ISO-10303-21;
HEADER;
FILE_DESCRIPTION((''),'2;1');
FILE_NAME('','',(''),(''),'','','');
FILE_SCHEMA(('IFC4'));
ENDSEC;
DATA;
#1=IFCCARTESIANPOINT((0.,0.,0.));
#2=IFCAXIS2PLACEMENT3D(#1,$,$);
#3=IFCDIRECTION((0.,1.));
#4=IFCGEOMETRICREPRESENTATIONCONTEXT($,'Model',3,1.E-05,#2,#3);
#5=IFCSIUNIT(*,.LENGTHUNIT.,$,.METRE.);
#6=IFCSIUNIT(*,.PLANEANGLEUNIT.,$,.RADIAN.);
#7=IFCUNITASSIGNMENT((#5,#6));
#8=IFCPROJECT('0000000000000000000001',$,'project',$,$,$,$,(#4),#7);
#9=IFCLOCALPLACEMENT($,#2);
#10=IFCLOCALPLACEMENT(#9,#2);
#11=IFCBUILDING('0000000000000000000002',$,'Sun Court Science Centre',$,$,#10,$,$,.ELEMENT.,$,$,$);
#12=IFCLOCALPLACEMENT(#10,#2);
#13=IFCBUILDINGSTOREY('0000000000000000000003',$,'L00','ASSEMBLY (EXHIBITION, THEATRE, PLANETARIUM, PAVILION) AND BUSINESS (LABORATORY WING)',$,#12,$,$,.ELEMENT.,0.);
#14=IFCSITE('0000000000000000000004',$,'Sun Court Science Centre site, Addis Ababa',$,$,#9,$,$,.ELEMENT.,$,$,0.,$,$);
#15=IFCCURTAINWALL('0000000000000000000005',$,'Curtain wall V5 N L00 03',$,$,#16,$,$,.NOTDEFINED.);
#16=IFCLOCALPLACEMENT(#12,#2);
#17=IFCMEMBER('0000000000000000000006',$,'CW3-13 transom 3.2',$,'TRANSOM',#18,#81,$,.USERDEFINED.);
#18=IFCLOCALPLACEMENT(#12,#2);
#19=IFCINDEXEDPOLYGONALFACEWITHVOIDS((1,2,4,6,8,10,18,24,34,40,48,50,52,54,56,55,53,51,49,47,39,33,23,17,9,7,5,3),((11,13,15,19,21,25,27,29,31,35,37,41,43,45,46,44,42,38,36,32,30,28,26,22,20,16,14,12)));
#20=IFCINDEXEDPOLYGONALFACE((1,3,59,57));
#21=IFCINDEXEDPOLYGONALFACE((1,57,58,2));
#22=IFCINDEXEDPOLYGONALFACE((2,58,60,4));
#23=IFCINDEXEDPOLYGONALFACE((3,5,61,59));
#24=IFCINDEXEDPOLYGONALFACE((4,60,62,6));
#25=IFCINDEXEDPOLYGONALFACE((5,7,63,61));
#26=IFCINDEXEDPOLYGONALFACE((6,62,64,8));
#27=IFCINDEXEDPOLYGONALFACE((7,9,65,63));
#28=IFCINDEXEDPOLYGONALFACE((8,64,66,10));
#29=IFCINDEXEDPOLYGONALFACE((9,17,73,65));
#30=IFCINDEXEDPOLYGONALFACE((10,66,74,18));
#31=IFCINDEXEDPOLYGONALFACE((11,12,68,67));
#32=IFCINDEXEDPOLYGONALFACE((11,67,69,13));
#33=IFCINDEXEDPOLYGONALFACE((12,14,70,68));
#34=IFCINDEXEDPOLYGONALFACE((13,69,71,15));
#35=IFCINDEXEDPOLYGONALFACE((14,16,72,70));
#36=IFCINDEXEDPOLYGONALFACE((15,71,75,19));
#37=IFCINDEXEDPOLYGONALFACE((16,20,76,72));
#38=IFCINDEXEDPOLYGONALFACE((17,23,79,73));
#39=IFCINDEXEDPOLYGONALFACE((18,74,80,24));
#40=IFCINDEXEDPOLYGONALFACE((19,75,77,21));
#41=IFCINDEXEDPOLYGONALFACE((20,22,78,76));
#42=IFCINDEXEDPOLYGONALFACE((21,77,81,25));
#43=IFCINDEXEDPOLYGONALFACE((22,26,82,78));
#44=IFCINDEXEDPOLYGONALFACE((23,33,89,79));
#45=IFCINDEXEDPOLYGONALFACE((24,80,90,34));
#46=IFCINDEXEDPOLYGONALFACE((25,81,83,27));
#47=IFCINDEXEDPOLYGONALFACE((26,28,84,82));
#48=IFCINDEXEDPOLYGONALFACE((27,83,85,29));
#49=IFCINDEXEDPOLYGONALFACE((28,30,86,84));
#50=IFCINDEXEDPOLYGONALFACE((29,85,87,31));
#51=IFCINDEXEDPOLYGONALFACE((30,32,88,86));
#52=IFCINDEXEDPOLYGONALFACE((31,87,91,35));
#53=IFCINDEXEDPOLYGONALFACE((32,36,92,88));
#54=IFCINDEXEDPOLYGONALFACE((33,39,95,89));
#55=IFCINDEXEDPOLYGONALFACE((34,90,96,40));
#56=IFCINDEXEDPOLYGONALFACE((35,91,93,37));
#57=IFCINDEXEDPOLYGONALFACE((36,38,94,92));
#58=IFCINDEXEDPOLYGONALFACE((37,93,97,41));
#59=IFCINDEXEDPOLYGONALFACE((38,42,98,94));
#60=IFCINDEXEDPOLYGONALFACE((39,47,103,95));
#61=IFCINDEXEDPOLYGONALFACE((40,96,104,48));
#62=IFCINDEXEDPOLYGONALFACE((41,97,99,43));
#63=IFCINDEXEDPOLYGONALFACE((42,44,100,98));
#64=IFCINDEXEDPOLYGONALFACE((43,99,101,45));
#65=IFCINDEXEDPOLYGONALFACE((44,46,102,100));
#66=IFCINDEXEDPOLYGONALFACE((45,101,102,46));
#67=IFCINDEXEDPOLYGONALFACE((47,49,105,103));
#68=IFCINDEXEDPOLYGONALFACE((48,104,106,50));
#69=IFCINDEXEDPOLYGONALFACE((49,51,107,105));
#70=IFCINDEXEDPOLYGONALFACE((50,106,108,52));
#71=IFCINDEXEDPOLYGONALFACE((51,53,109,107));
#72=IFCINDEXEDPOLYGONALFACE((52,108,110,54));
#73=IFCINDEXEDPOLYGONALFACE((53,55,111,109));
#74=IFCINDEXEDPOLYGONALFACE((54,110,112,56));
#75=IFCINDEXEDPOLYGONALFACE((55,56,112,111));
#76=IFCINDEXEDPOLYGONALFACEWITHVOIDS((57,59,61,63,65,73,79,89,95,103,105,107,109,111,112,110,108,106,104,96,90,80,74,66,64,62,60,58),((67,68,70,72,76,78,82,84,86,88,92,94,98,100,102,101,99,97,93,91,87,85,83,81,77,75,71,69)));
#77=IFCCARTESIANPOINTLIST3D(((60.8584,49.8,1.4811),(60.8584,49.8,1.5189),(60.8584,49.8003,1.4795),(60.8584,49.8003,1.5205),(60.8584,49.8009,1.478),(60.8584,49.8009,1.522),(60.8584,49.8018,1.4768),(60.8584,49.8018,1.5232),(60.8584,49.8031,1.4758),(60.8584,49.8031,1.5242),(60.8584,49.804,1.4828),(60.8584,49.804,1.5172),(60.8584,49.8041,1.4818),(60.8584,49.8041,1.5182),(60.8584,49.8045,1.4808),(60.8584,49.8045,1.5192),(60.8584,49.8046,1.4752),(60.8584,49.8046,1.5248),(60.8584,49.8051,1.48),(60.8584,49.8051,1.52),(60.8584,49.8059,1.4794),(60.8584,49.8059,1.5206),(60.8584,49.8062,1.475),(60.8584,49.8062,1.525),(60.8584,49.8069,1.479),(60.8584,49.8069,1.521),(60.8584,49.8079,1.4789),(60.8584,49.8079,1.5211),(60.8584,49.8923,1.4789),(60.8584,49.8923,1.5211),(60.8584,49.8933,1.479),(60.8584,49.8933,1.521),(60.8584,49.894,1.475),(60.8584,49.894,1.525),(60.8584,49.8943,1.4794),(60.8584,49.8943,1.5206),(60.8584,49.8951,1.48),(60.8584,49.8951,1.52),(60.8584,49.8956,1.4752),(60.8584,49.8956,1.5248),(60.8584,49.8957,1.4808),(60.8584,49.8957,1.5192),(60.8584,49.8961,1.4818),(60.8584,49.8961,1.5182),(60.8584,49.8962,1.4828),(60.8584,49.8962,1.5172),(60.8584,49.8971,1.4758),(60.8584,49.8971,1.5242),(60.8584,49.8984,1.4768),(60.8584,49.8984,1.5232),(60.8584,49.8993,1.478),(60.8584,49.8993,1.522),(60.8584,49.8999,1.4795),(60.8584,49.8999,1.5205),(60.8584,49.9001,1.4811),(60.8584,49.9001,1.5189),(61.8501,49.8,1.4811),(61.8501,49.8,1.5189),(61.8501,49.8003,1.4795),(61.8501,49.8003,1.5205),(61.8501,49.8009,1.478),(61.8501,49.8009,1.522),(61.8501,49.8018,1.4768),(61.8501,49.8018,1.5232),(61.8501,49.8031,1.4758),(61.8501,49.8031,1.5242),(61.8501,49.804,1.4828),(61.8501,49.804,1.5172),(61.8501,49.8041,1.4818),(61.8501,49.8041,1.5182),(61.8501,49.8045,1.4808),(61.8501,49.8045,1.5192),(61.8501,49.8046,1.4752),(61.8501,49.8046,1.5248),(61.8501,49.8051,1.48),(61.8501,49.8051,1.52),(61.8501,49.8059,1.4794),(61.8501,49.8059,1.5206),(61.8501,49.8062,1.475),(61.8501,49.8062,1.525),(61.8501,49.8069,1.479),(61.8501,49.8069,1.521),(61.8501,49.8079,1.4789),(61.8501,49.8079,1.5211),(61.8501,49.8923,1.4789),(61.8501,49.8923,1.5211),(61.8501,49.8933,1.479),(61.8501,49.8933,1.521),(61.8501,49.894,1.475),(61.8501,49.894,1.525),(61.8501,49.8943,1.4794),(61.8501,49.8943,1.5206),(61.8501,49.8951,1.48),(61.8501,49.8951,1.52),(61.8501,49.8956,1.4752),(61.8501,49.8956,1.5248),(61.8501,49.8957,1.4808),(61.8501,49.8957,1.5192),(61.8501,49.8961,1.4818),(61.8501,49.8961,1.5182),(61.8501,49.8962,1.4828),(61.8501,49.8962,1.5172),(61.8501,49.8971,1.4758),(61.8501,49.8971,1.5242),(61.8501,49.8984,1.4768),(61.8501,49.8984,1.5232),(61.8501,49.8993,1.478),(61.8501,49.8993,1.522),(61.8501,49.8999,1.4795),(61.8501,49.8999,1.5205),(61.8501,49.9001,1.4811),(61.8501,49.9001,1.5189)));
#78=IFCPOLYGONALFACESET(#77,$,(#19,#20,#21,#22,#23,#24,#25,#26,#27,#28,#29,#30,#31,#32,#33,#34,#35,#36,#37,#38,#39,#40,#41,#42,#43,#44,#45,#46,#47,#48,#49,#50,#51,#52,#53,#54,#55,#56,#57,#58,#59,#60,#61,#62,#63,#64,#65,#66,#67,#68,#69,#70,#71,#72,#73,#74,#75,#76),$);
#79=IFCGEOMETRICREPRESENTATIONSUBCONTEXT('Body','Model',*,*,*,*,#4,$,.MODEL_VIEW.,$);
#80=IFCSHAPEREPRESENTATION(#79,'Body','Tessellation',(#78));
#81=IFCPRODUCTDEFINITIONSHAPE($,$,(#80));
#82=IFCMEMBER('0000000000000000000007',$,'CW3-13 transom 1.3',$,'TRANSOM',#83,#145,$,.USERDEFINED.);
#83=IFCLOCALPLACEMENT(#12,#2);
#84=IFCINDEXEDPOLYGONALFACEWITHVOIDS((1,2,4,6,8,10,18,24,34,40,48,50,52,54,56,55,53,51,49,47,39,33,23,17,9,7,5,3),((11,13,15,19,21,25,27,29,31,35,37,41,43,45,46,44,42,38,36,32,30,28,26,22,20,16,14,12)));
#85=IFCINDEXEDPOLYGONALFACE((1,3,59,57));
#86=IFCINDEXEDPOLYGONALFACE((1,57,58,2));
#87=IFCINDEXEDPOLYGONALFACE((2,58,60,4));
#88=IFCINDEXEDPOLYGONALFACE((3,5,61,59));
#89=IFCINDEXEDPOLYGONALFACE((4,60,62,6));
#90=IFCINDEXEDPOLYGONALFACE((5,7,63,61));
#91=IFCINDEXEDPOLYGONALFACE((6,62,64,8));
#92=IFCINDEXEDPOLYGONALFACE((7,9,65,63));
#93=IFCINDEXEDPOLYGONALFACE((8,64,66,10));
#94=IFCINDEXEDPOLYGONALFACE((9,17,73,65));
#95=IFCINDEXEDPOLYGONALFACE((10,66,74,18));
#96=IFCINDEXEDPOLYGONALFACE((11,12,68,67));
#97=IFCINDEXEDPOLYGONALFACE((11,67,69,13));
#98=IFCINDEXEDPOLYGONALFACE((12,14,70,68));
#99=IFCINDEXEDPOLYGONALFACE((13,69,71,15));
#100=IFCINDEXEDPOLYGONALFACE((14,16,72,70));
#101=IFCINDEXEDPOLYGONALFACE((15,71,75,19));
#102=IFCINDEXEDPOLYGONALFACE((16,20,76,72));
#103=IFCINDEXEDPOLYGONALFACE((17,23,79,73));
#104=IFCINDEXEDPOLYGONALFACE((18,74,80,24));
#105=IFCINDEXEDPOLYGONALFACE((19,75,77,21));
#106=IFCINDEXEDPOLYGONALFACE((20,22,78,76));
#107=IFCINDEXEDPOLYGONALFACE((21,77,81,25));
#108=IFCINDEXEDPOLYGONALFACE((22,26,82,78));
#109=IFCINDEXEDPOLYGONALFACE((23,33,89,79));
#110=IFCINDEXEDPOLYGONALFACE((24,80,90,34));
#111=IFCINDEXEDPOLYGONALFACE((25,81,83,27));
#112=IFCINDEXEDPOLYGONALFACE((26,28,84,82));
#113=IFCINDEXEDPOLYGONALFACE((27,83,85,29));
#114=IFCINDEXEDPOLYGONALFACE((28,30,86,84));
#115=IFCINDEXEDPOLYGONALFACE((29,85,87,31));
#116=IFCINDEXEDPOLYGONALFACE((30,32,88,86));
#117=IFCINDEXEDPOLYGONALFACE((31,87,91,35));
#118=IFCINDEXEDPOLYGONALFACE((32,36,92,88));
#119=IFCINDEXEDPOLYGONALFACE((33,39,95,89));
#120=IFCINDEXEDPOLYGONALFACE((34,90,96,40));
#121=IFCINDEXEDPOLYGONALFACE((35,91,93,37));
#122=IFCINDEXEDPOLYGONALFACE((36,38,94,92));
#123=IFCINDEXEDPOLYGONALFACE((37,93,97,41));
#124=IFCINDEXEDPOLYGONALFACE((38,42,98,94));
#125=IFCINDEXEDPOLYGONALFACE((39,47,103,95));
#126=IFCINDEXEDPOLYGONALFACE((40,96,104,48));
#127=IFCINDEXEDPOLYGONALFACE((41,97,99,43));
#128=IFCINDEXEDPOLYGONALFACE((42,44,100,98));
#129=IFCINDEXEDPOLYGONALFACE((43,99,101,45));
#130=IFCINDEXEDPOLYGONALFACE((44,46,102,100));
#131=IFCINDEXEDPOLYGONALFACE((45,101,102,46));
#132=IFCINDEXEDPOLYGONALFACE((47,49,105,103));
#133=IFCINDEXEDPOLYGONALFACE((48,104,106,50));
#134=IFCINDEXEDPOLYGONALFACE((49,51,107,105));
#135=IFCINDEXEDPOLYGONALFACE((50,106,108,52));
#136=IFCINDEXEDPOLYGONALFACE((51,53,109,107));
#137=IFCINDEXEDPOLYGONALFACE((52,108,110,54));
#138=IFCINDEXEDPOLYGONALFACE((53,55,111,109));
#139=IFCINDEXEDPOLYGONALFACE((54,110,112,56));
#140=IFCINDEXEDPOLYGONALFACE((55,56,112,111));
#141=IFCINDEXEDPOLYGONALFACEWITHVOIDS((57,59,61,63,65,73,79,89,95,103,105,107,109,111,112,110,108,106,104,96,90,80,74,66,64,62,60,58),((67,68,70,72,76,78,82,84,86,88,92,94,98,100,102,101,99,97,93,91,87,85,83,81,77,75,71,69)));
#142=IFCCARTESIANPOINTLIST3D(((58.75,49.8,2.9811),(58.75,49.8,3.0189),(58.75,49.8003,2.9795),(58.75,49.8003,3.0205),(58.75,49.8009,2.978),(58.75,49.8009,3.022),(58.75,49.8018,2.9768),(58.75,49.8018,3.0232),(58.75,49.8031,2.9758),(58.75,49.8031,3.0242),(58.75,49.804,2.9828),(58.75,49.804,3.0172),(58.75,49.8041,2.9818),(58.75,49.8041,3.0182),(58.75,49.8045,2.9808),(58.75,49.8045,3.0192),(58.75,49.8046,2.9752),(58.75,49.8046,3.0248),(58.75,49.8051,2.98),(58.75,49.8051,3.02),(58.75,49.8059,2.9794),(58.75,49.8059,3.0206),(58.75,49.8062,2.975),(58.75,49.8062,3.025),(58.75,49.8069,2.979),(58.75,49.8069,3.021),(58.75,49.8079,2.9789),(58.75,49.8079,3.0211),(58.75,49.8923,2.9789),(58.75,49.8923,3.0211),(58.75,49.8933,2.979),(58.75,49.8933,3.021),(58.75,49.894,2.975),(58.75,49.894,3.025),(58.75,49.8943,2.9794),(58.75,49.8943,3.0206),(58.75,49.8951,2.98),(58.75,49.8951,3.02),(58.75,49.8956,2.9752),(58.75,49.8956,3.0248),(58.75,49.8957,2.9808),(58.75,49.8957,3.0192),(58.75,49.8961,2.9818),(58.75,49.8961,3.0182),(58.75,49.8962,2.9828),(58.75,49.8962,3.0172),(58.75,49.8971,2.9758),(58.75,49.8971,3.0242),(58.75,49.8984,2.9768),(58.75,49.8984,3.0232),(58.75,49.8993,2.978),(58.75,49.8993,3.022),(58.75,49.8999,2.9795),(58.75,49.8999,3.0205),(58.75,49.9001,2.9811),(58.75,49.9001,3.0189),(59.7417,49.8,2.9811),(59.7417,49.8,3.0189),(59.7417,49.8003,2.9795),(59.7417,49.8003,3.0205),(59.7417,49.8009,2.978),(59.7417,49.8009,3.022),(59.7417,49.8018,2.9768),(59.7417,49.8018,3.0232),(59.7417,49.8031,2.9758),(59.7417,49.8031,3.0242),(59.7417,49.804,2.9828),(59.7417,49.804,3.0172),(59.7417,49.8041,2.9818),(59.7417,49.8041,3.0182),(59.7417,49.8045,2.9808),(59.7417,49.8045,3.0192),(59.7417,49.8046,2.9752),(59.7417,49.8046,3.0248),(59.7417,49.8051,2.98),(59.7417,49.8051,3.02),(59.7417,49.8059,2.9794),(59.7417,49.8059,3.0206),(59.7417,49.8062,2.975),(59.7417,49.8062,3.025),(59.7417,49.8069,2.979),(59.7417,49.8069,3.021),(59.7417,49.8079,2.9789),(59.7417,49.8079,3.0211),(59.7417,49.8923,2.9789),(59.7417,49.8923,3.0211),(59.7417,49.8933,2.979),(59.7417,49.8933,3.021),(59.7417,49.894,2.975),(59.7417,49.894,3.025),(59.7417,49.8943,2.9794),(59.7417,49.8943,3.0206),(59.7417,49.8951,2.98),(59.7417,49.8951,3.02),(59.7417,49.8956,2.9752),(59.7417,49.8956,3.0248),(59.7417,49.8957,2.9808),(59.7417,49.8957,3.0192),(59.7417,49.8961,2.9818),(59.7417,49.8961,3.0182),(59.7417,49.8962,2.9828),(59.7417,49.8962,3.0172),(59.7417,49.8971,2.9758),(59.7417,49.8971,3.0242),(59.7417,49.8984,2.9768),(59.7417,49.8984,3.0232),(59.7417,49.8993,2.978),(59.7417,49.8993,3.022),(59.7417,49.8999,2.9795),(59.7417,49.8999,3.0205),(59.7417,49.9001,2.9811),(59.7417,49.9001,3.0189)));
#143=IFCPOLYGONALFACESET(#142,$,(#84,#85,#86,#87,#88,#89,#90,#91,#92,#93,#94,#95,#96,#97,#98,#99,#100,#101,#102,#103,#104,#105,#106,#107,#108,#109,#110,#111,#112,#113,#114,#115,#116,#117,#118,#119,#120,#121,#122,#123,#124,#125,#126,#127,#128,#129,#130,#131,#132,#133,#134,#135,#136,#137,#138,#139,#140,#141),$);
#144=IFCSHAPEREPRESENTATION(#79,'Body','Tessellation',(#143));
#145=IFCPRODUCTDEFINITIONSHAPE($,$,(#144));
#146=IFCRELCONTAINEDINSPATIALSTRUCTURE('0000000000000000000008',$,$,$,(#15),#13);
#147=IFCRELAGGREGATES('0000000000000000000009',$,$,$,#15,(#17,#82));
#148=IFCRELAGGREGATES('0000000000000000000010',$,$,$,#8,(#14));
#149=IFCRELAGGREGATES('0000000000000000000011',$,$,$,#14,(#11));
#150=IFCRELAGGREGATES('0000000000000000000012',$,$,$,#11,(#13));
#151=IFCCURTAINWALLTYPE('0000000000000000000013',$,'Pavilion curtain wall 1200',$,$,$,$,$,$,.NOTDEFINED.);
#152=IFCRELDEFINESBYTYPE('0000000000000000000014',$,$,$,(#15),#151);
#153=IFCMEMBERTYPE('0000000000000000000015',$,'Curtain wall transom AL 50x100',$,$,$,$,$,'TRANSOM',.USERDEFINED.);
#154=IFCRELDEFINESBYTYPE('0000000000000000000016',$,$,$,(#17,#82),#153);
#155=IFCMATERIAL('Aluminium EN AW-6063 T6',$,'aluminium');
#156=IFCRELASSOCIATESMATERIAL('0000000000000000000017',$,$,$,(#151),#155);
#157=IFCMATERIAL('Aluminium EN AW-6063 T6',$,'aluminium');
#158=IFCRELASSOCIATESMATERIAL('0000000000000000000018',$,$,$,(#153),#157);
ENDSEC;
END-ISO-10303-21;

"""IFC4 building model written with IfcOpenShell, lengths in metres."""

from ifc_helpers import new_model, si_unit, direction, frame, origin, origin_2d, place, context, subcontext, project, spatial, hollow_rectangle, extrude, material, material_profile, profile_set, type_object, element, aggregate, save


model = new_model("IFC4")

# Units and contexts
model_context = context("Model", 3, precision=1e-05, world=origin(), true_north=direction((0.0, 1.0)))
body_context = subcontext(model_context, "Body", "Model", "MODEL_VIEW")
ifc_project = project(units=[si_unit("LENGTHUNIT", "METRE"), si_unit("PLANEANGLEUNIT", "RADIAN")], contexts=[model_context])

# Site, building, storey
site_placement = place(None, origin())
site = spatial("IfcSite", under=ifc_project, at=site_placement, Name="Sun Court Science Centre site, Addis Ababa", CompositionType="ELEMENT", RefElevation=0.0)
building_placement = place(site_placement, origin())
building = spatial("IfcBuilding", under=site, at=building_placement, Name="Sun Court Science Centre", CompositionType="ELEMENT")
storey_placement = place(building_placement, origin())
storey = spatial("IfcBuildingStorey", under=building, at=storey_placement, Name="L00", Description="ASSEMBLY (EXHIBITION, THEATRE, PLANETARIUM, PAVILION) AND BUSINESS (LABORATORY WING)", CompositionType="ELEMENT", Elevation=0.0)

# Curtain wall
ifc_material_1 = material(Name="Aluminium EN AW-6063 T6", Category="aluminium")
curtain_wall_type = type_object("IfcCurtainWallType", Name="Pavilion curtain wall 1200", PredefinedType="NOTDEFINED", material=ifc_material_1)
curtain_wall_1_placement = place(storey_placement, origin())
curtain_wall_1 = element("IfcCurtainWall", 1, at=curtain_wall_1_placement, inside=storey, type_object=curtain_wall_type, Name="Curtain wall V5 N L00 03", PredefinedType="NOTDEFINED")

# Members
ifc_material_2 = material(Name="Aluminium EN AW-6063 T6", Category="aluminium")
ifc_material_profile_1 = material_profile(ifc_material_2, hollow_rectangle(XDim=0.05, YDim=0.1001, WallThickness=0.0039, InnerFilletRadius=0.0039, OuterFilletRadius=0.0061, at=origin_2d()), Name="AL 50x100x4")
ifc_profile_set_1 = profile_set([ifc_material_profile_1], Name="Aluminium EN AW-6063 T6")
member_type_1 = type_object("IfcMemberType", Name="Curtain wall transom AL 50x100", ElementType="TRANSOM", PredefinedType="USERDEFINED", material=ifc_profile_set_1)
member_1_placement = place(storey_placement, frame((60.8584, 49.8501, 1.5), z_axis=(1.0, 0.0, 0.0), x_axis=(0.0, 0.0, 1.0)))
member_1 = element("IfcMember", 2, at=member_1_placement, type_object=member_type_1, Name="CW3-13 transom 3.2", ObjectType="TRANSOM", PredefinedType="USERDEFINED", context=body_context, shape_type="SweptSolid", body=[
    extrude(hollow_rectangle(XDim=0.05, YDim=0.1001, WallThickness=0.0039, InnerFilletRadius=0.0039, OuterFilletRadius=0.0061, at=origin_2d()), origin(), (0.0, 0.0, 1.0), 0.9917),
])
member_2_placement = place(storey_placement, frame((58.75, 49.8501, 3.0), z_axis=(1.0, 0.0, 0.0), x_axis=(0.0, 0.0, 1.0)))
member_2 = element("IfcMember", 3, at=member_2_placement, type_object=member_type_1, Name="CW3-13 transom 1.3", ObjectType="TRANSOM", PredefinedType="USERDEFINED", context=body_context, shape_type="SweptSolid", body=[
    extrude(hollow_rectangle(XDim=0.05, YDim=0.1001, WallThickness=0.0039, InnerFilletRadius=0.0039, OuterFilletRadius=0.0061, at=origin_2d()), origin(), (0.0, 0.0, 1.0), 0.9917),
])

aggregate(curtain_wall_1, [member_1, member_2])

save(model, "model.ifc")
